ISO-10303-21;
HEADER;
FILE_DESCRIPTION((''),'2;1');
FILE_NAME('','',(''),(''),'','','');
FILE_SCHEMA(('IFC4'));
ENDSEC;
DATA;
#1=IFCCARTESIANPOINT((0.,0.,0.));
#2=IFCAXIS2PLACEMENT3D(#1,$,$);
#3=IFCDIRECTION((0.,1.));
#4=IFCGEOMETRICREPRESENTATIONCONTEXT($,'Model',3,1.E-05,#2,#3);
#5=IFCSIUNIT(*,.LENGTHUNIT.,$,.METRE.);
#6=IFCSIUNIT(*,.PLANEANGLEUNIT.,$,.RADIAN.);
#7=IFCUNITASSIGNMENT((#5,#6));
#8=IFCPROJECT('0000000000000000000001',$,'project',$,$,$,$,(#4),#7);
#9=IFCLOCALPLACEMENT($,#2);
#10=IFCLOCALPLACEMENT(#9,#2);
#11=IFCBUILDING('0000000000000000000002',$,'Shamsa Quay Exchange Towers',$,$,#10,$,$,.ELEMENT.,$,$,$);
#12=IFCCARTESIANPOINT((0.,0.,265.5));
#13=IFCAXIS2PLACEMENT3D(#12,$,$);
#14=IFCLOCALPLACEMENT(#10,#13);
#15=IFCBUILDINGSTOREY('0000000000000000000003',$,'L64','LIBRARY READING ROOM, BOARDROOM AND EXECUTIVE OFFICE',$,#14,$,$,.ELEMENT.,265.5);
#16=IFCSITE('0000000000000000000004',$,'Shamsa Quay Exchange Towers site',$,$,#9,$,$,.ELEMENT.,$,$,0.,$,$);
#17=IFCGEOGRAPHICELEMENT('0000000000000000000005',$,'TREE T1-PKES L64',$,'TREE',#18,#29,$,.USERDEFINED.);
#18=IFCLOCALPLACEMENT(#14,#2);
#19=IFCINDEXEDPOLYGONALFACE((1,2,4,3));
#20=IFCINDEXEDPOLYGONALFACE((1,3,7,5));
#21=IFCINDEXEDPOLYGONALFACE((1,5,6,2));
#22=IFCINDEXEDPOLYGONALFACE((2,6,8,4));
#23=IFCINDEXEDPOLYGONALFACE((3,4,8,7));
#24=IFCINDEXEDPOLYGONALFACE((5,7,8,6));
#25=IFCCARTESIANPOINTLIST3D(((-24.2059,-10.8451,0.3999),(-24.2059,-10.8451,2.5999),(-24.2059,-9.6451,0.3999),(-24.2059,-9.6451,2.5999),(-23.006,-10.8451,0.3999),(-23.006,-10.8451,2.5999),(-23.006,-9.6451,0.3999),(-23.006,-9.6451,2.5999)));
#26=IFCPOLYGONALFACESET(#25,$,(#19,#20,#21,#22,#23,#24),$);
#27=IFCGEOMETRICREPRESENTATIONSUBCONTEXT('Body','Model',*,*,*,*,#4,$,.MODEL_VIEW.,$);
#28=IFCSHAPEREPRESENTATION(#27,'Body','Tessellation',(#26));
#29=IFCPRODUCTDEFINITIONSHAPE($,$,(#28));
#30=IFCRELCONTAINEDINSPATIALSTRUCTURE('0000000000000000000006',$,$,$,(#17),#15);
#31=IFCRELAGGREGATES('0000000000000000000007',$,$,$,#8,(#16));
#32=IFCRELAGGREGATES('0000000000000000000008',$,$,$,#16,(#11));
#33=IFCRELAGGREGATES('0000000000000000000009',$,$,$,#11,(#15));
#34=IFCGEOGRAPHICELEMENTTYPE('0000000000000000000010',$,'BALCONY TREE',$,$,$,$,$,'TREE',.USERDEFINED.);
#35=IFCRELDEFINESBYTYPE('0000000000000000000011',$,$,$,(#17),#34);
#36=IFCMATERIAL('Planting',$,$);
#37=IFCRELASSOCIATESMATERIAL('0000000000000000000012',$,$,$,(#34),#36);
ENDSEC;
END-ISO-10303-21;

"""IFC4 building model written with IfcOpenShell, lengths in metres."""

from ifc_helpers import new_model, si_unit, direction, frame, origin, origin_2d, place, context, subcontext, project, spatial, rectangle, extrude, material, type_object, element, save


model = new_model("IFC4")

# Units and contexts
model_context = context("Model", 3, precision=1e-05, world=origin(), true_north=direction((0.0, 1.0)))
body_context = subcontext(model_context, "Body", "Model", "MODEL_VIEW")
ifc_project = project(units=[si_unit("LENGTHUNIT", "METRE"), si_unit("PLANEANGLEUNIT", "RADIAN")], contexts=[model_context])

# Site, building, storey
site_placement = place(None, origin())
site = spatial("IfcSite", under=ifc_project, at=site_placement, Name="Shamsa Quay Exchange Towers site", CompositionType="ELEMENT", RefElevation=0.0)
building_placement = place(site_placement, origin())
building = spatial("IfcBuilding", under=site, at=building_placement, Name="Shamsa Quay Exchange Towers", CompositionType="ELEMENT")
storey_placement = place(building_placement, frame((0.0, 0.0, 265.5)))
storey = spatial("IfcBuildingStorey", under=building, at=storey_placement, Name="L64", Description="LIBRARY READING ROOM, BOARDROOM AND EXECUTIVE OFFICE", CompositionType="ELEMENT", Elevation=265.5)

# Geographic element
ifc_material_1 = material(Name="Planting")
geographic_element_type = type_object("IfcGeographicElementType", Name="BALCONY TREE", ElementType="TREE", PredefinedType="USERDEFINED", material=ifc_material_1)
geographic_element_placement = place(storey_placement, frame((-23.606, -10.2451, 0.3999)))
element("IfcGeographicElement", 1, at=geographic_element_placement, inside=storey, type_object=geographic_element_type, Name="TREE T1-PKES L64", ObjectType="TREE", PredefinedType="USERDEFINED", context=body_context, shape_type="SweptSolid", body=[
    extrude(rectangle(XDim=1.2, YDim=1.2, at=origin_2d()), origin(), (0.0, 0.0, 1.0), 2.2),
])

save(model, "model.ifc")
